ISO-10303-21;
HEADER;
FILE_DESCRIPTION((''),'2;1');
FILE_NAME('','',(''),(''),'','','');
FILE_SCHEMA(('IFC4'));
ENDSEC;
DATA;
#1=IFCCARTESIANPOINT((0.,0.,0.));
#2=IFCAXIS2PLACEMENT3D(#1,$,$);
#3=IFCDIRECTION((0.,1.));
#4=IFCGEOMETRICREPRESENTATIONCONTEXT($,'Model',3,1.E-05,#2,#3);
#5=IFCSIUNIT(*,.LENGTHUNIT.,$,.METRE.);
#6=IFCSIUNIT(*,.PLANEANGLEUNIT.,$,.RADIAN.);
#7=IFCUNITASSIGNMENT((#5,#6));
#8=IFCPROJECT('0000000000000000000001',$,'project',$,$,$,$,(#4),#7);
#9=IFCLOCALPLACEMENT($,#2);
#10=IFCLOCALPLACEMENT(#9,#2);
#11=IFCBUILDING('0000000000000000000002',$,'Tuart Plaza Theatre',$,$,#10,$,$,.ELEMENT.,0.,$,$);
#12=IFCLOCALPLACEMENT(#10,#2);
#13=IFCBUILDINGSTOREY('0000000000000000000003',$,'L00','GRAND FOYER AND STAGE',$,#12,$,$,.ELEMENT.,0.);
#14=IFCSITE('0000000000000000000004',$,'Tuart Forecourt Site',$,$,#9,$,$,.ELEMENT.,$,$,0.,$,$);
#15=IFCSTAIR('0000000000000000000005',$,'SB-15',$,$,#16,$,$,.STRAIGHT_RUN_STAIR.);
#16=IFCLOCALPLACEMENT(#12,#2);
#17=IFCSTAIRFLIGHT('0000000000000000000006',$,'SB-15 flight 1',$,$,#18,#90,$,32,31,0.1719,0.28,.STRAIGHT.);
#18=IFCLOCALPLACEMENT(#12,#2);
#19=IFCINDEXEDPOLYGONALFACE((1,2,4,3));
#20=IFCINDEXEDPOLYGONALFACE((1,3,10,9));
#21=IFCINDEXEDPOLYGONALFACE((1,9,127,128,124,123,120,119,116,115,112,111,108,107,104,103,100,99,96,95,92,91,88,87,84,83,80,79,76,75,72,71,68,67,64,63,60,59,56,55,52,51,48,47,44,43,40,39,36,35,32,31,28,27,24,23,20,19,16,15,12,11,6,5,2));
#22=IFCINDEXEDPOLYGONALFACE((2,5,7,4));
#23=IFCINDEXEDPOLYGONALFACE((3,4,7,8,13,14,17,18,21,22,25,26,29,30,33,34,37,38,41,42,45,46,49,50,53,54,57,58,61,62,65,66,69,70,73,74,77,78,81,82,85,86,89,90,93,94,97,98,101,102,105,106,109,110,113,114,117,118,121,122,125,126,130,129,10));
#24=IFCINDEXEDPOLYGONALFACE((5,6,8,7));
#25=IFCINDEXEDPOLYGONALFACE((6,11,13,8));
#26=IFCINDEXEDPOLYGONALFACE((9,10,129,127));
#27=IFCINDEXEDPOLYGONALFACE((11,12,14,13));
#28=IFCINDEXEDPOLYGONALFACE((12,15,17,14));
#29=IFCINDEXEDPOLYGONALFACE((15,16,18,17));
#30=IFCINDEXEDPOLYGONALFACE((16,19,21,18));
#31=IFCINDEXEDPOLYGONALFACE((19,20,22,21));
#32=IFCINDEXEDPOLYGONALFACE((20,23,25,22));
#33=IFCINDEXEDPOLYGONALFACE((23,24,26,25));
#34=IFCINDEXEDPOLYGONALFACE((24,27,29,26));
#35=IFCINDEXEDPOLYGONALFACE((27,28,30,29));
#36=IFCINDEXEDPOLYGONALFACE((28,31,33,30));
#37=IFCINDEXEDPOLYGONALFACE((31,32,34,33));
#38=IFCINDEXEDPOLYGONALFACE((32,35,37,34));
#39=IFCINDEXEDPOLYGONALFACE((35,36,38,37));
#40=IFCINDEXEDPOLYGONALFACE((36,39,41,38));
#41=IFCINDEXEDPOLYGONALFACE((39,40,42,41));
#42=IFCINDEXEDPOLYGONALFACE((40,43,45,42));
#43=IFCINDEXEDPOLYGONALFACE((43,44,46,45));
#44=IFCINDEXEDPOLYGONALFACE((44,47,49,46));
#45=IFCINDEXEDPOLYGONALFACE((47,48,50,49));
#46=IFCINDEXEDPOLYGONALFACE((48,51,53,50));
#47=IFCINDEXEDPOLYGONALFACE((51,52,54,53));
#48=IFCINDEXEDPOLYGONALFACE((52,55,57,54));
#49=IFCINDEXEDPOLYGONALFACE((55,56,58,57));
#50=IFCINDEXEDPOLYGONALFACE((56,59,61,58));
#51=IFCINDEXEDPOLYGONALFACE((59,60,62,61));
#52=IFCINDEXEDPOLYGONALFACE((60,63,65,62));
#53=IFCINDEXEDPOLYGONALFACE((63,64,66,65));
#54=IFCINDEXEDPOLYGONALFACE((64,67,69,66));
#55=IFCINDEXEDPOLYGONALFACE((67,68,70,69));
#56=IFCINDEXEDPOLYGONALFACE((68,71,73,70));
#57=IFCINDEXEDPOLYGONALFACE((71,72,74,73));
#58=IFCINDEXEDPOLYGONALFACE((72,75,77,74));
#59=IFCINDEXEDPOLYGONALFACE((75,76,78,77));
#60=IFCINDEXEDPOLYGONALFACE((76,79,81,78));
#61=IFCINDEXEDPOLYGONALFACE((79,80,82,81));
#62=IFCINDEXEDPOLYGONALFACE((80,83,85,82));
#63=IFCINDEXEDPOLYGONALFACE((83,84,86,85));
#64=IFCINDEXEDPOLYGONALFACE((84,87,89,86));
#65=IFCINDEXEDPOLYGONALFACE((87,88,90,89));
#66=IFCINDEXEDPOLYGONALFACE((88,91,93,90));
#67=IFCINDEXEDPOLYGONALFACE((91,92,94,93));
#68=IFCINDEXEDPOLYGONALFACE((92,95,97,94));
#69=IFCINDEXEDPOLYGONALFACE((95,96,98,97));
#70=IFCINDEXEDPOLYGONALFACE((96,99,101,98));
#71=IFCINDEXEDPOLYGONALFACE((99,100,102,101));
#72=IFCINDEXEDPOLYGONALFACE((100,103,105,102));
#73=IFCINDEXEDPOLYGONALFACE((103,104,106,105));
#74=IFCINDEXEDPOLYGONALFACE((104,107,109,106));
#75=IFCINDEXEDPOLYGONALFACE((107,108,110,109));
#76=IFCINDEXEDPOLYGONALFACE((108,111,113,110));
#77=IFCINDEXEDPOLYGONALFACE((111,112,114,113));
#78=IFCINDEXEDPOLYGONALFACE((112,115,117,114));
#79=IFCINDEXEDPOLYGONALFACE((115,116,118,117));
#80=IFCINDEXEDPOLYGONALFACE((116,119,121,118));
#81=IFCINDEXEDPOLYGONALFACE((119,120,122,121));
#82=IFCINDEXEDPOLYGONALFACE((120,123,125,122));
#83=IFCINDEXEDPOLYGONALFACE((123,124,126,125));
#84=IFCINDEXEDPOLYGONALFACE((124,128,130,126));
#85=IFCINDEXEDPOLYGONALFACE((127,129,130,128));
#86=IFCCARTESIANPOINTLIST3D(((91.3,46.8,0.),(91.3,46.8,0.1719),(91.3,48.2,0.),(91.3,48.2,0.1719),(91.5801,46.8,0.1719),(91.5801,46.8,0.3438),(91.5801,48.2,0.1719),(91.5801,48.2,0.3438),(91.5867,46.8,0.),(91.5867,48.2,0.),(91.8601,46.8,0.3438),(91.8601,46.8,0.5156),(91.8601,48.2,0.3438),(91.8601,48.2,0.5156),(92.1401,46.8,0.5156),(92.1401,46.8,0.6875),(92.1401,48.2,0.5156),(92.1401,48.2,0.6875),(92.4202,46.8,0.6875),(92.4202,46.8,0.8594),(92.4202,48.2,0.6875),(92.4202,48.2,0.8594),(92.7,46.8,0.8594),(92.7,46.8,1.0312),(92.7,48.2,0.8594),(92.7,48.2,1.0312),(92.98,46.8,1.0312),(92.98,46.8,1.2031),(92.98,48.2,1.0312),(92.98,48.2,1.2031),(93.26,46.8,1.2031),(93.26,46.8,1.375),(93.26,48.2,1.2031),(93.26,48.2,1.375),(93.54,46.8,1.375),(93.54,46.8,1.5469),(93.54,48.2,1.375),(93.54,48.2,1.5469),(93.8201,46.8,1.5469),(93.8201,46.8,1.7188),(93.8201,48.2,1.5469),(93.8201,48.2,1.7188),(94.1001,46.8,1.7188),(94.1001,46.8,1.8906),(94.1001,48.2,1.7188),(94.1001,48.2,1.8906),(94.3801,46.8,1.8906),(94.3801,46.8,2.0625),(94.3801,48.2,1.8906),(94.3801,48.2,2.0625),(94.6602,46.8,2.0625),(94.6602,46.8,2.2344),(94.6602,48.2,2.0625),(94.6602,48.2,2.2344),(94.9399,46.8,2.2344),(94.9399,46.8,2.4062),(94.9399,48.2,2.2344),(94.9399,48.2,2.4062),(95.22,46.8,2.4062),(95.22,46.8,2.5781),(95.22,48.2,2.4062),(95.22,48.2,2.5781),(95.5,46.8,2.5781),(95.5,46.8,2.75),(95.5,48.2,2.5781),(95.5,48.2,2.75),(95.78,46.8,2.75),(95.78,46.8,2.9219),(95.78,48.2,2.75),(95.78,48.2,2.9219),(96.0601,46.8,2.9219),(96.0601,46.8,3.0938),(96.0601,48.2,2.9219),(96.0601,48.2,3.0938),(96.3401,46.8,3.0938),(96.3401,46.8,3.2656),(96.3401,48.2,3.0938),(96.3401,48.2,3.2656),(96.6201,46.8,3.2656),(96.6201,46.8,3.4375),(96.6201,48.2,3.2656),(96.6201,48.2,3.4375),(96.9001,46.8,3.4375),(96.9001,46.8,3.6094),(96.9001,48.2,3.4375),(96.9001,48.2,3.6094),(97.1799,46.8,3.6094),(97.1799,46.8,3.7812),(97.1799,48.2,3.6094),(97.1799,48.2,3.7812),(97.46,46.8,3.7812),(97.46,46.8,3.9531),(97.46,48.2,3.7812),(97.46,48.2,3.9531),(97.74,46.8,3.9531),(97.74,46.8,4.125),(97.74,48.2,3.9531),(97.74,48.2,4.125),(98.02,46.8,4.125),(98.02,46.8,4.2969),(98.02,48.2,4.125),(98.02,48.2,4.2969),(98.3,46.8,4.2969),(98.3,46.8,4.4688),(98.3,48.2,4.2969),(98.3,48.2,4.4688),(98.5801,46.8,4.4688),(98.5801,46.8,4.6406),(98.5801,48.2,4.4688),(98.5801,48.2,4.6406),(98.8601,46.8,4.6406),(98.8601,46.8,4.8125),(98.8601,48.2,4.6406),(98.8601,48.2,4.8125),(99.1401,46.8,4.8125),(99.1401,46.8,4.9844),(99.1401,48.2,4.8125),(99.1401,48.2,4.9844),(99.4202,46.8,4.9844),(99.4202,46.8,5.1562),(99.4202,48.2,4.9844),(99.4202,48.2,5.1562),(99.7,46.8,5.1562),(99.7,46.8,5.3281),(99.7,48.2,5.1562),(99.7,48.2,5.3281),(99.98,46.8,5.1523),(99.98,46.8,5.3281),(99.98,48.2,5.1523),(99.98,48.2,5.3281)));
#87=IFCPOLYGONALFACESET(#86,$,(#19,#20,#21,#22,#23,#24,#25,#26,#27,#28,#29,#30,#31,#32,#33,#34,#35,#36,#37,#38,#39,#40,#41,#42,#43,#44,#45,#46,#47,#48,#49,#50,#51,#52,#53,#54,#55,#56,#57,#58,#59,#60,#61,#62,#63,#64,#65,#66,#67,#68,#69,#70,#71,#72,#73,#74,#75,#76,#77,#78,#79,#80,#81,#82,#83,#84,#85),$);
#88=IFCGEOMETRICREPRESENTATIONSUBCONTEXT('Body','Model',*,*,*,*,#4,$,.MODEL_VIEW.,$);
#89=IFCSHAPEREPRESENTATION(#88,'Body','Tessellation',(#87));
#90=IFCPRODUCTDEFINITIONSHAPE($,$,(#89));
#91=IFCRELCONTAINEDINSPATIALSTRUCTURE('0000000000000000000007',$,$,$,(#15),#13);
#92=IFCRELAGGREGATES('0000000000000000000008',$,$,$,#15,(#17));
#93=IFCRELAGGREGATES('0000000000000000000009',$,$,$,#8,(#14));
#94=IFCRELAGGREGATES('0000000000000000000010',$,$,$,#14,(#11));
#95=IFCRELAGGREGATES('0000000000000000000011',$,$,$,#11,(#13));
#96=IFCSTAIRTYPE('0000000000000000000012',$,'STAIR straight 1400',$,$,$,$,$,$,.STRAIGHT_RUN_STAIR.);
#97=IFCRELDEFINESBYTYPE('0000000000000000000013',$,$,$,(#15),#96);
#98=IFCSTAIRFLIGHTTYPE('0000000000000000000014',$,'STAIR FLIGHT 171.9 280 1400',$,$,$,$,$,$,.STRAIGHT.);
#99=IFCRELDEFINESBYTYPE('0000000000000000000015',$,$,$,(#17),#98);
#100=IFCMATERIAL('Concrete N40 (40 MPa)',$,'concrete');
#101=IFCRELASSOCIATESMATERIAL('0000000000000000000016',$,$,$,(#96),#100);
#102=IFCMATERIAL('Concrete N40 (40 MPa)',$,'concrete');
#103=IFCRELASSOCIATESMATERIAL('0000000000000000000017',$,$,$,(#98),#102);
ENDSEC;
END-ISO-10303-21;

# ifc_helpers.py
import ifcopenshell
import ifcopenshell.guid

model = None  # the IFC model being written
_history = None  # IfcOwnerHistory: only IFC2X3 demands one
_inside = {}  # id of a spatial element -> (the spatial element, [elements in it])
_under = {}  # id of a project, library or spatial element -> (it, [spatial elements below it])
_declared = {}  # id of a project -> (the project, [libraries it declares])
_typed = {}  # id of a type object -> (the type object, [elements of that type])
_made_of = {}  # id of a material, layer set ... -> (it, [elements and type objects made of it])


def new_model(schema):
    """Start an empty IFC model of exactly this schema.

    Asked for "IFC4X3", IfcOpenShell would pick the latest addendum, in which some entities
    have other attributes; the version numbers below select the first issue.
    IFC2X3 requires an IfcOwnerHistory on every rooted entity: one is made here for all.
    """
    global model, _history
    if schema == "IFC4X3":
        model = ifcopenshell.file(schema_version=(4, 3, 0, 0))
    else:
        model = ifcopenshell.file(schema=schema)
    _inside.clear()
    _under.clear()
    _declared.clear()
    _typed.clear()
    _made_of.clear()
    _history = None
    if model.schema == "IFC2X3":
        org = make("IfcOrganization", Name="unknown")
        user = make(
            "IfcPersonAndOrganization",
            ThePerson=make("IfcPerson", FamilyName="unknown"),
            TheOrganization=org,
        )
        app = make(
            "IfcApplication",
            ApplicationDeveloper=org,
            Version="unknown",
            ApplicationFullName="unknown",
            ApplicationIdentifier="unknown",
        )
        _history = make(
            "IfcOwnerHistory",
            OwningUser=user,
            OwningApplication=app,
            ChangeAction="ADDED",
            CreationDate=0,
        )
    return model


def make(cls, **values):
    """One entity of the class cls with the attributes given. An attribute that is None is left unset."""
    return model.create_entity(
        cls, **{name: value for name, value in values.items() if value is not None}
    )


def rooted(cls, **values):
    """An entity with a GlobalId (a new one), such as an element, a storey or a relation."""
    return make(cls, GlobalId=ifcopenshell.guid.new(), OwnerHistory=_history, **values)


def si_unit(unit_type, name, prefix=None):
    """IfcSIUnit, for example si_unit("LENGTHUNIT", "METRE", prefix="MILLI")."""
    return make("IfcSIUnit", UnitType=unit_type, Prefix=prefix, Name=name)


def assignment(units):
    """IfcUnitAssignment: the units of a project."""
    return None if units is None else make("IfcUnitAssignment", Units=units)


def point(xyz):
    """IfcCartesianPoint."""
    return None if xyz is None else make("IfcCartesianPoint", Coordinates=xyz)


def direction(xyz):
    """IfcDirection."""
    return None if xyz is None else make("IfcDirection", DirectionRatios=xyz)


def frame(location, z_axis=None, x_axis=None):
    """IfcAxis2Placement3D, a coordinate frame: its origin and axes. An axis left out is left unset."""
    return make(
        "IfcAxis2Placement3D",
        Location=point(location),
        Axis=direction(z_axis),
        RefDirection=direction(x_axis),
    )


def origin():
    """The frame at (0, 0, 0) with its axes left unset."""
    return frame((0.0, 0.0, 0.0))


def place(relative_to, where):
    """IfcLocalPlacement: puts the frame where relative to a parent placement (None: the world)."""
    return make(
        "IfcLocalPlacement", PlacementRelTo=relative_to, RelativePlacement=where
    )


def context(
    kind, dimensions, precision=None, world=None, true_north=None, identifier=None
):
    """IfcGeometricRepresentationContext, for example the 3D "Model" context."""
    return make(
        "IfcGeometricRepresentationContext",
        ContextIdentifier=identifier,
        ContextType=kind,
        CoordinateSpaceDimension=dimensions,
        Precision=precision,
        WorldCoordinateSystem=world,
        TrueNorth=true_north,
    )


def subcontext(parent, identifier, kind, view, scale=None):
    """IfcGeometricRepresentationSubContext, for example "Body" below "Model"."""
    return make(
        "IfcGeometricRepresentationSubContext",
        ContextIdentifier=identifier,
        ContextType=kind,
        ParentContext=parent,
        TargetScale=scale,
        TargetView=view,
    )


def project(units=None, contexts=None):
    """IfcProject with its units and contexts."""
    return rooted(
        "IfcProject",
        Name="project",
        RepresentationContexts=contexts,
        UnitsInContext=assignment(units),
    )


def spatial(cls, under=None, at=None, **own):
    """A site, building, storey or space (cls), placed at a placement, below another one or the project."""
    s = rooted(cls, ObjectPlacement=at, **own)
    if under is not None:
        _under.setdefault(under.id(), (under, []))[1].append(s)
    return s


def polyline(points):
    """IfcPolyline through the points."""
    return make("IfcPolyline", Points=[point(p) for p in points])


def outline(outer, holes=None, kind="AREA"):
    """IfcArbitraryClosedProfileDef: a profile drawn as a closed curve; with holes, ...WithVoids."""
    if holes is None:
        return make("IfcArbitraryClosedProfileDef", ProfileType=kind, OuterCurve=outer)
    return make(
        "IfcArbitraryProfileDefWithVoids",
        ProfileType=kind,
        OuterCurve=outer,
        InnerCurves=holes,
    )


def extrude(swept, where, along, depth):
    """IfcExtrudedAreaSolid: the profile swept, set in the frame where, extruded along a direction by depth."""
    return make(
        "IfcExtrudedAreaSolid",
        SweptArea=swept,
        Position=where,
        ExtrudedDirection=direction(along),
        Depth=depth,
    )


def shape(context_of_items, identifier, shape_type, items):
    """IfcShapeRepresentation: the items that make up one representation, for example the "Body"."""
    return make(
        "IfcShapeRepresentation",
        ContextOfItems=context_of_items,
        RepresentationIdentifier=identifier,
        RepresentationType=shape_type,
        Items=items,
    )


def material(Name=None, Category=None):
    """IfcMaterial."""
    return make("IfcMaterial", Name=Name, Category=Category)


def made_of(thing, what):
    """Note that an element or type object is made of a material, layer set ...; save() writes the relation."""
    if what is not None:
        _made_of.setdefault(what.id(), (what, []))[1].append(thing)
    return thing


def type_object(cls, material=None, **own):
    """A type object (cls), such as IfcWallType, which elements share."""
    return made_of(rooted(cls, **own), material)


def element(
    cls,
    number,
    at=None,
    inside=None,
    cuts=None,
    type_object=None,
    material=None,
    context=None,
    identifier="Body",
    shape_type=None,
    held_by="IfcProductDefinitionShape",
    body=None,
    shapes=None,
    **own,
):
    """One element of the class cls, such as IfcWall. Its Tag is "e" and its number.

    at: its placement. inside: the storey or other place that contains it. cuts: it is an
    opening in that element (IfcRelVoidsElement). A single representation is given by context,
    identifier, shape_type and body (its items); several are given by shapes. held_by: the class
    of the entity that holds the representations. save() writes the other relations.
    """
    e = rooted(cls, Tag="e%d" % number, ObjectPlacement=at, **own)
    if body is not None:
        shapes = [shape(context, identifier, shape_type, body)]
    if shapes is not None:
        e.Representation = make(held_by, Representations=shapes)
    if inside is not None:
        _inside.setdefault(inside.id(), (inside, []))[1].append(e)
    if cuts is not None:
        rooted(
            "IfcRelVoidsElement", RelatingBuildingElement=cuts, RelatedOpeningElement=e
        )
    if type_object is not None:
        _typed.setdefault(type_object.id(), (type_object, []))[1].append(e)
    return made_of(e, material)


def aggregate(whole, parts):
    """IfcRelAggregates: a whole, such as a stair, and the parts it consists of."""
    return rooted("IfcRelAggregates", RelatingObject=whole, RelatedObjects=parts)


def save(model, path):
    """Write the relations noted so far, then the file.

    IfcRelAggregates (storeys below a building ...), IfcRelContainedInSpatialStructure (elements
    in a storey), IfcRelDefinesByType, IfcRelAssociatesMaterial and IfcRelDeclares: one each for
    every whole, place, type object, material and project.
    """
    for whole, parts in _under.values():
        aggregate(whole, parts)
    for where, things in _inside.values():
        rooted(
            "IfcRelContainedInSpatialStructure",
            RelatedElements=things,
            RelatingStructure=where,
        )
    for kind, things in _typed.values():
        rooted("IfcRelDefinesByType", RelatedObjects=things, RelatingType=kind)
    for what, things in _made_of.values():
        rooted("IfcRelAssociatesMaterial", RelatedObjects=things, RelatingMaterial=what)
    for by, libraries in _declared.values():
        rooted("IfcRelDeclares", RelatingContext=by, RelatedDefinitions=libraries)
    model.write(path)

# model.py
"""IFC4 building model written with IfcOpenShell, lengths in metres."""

from ifc_helpers import new_model, si_unit, direction, frame, origin, place, context, subcontext, project, spatial, polyline, outline, extrude, material, type_object, element, aggregate, save


model = new_model("IFC4")

# Units and contexts
model_context = context("Model", 3, precision=1e-05, world=origin(), true_north=direction((0.0, 1.0)))
body_context = subcontext(model_context, "Body", "Model", "MODEL_VIEW")
ifc_project = project(units=[si_unit("LENGTHUNIT", "METRE"), si_unit("PLANEANGLEUNIT", "RADIAN")], contexts=[model_context])

# Site, building, storey
site_placement = place(None, origin())
site = spatial("IfcSite", under=ifc_project, at=site_placement, Name="Tuart Forecourt Site", CompositionType="ELEMENT", RefElevation=0.0)
building_placement = place(site_placement, origin())
building = spatial("IfcBuilding", under=site, at=building_placement, Name="Tuart Plaza Theatre", CompositionType="ELEMENT", ElevationOfRefHeight=0.0)
storey_placement = place(building_placement, origin())
storey = spatial("IfcBuildingStorey", under=building, at=storey_placement, Name="L00", Description="GRAND FOYER AND STAGE", CompositionType="ELEMENT", Elevation=0.0)

# Stair, stair flight
ifc_material_1 = material(Name="Concrete N40 (40 MPa)", Category="concrete")
stair_type = type_object("IfcStairType", Name="STAIR straight 1400", PredefinedType="STRAIGHT_RUN_STAIR", material=ifc_material_1)
stair_placement = place(storey_placement, origin())
stair = element("IfcStair", 1, at=stair_placement, inside=storey, type_object=stair_type, Name="SB-15", PredefinedType="STRAIGHT_RUN_STAIR")
ifc_material_2 = material(Name="Concrete N40 (40 MPa)", Category="concrete")
stair_flight_type = type_object("IfcStairFlightType", Name="STAIR FLIGHT 171.9 280 1400", PredefinedType="STRAIGHT", material=ifc_material_2)
stair_flight_placement = place(storey_placement, frame((91.3, 47.5, 0.0), z_axis=(0.0, 0.0, 1.0), x_axis=(1.0, 0.0, 0.0)))
stair_flight = element("IfcStairFlight", 2, at=stair_flight_placement, type_object=stair_flight_type, Name="SB-15 flight 1", NumberOfRisers=32, NumberOfTreads=31, PredefinedType="STRAIGHT", RiserHeight=0.1719, TreadLength=0.28, context=body_context, shape_type="SweptSolid", body=[
    extrude(outline(polyline([(0.0, 0.0), (0.0, 0.1719), (0.28, 0.1719), (0.28, 0.3438), (0.5601, 0.3438), (0.5601, 0.5156), (0.8401, 0.5156), (0.8401, 0.6875), (1.1201, 0.6875), (1.1201, 0.8594), (1.3999, 0.8594), (1.3999, 1.0312), (1.6799, 1.0312), (1.6799, 1.2031), (1.96, 1.2031), (1.96, 1.375), (2.24, 1.375), (2.24, 1.5469), (2.52, 1.5469), (2.52, 1.7188), (2.8, 1.7188), (2.8, 1.8906), (3.0801, 1.8906), (3.0801, 2.0625), (3.3601, 2.0625), (3.3601, 2.2344), (3.6399, 2.2344), (3.6399, 2.4062), (3.9199, 2.4062), (3.9199, 2.5781), (4.2, 2.5781), (4.2, 2.75), (4.48, 2.75), (4.48, 2.9219), (4.76, 2.9219), (4.76, 3.0938), (5.04, 3.0938), (5.04, 3.2656), (5.3201, 3.2656), (5.3201, 3.4375), (5.6001, 3.4375), (5.6001, 3.6094), (5.8799, 3.6094), (5.8799, 3.7812), (6.1599, 3.7812), (6.1599, 3.9531), (6.4399, 3.9531), (6.4399, 4.125), (6.72, 4.125), (6.72, 4.2969), (7.0, 4.2969), (7.0, 4.4688), (7.28, 4.4688), (7.28, 4.6406), (7.5601, 4.6406), (7.5601, 4.8125), (7.8401, 4.8125), (7.8401, 4.9844), (8.1201, 4.9844), (8.1201, 5.1562), (8.3999, 5.1562), (8.3999, 5.3281), (8.6799, 5.3281), (8.6799, 5.5), (8.6799, 5.1523), (0.2866, 0.0), (0.0, 0.0)])), frame((0.0, 0.7, 0.0), z_axis=(0.0, -1.0, 0.0), x_axis=(1.0, 0.0, 0.0)), (0.0, 0.0, 1.0), 1.3999),
])
aggregate(stair, [stair_flight])

save(model, "model.ifc")
